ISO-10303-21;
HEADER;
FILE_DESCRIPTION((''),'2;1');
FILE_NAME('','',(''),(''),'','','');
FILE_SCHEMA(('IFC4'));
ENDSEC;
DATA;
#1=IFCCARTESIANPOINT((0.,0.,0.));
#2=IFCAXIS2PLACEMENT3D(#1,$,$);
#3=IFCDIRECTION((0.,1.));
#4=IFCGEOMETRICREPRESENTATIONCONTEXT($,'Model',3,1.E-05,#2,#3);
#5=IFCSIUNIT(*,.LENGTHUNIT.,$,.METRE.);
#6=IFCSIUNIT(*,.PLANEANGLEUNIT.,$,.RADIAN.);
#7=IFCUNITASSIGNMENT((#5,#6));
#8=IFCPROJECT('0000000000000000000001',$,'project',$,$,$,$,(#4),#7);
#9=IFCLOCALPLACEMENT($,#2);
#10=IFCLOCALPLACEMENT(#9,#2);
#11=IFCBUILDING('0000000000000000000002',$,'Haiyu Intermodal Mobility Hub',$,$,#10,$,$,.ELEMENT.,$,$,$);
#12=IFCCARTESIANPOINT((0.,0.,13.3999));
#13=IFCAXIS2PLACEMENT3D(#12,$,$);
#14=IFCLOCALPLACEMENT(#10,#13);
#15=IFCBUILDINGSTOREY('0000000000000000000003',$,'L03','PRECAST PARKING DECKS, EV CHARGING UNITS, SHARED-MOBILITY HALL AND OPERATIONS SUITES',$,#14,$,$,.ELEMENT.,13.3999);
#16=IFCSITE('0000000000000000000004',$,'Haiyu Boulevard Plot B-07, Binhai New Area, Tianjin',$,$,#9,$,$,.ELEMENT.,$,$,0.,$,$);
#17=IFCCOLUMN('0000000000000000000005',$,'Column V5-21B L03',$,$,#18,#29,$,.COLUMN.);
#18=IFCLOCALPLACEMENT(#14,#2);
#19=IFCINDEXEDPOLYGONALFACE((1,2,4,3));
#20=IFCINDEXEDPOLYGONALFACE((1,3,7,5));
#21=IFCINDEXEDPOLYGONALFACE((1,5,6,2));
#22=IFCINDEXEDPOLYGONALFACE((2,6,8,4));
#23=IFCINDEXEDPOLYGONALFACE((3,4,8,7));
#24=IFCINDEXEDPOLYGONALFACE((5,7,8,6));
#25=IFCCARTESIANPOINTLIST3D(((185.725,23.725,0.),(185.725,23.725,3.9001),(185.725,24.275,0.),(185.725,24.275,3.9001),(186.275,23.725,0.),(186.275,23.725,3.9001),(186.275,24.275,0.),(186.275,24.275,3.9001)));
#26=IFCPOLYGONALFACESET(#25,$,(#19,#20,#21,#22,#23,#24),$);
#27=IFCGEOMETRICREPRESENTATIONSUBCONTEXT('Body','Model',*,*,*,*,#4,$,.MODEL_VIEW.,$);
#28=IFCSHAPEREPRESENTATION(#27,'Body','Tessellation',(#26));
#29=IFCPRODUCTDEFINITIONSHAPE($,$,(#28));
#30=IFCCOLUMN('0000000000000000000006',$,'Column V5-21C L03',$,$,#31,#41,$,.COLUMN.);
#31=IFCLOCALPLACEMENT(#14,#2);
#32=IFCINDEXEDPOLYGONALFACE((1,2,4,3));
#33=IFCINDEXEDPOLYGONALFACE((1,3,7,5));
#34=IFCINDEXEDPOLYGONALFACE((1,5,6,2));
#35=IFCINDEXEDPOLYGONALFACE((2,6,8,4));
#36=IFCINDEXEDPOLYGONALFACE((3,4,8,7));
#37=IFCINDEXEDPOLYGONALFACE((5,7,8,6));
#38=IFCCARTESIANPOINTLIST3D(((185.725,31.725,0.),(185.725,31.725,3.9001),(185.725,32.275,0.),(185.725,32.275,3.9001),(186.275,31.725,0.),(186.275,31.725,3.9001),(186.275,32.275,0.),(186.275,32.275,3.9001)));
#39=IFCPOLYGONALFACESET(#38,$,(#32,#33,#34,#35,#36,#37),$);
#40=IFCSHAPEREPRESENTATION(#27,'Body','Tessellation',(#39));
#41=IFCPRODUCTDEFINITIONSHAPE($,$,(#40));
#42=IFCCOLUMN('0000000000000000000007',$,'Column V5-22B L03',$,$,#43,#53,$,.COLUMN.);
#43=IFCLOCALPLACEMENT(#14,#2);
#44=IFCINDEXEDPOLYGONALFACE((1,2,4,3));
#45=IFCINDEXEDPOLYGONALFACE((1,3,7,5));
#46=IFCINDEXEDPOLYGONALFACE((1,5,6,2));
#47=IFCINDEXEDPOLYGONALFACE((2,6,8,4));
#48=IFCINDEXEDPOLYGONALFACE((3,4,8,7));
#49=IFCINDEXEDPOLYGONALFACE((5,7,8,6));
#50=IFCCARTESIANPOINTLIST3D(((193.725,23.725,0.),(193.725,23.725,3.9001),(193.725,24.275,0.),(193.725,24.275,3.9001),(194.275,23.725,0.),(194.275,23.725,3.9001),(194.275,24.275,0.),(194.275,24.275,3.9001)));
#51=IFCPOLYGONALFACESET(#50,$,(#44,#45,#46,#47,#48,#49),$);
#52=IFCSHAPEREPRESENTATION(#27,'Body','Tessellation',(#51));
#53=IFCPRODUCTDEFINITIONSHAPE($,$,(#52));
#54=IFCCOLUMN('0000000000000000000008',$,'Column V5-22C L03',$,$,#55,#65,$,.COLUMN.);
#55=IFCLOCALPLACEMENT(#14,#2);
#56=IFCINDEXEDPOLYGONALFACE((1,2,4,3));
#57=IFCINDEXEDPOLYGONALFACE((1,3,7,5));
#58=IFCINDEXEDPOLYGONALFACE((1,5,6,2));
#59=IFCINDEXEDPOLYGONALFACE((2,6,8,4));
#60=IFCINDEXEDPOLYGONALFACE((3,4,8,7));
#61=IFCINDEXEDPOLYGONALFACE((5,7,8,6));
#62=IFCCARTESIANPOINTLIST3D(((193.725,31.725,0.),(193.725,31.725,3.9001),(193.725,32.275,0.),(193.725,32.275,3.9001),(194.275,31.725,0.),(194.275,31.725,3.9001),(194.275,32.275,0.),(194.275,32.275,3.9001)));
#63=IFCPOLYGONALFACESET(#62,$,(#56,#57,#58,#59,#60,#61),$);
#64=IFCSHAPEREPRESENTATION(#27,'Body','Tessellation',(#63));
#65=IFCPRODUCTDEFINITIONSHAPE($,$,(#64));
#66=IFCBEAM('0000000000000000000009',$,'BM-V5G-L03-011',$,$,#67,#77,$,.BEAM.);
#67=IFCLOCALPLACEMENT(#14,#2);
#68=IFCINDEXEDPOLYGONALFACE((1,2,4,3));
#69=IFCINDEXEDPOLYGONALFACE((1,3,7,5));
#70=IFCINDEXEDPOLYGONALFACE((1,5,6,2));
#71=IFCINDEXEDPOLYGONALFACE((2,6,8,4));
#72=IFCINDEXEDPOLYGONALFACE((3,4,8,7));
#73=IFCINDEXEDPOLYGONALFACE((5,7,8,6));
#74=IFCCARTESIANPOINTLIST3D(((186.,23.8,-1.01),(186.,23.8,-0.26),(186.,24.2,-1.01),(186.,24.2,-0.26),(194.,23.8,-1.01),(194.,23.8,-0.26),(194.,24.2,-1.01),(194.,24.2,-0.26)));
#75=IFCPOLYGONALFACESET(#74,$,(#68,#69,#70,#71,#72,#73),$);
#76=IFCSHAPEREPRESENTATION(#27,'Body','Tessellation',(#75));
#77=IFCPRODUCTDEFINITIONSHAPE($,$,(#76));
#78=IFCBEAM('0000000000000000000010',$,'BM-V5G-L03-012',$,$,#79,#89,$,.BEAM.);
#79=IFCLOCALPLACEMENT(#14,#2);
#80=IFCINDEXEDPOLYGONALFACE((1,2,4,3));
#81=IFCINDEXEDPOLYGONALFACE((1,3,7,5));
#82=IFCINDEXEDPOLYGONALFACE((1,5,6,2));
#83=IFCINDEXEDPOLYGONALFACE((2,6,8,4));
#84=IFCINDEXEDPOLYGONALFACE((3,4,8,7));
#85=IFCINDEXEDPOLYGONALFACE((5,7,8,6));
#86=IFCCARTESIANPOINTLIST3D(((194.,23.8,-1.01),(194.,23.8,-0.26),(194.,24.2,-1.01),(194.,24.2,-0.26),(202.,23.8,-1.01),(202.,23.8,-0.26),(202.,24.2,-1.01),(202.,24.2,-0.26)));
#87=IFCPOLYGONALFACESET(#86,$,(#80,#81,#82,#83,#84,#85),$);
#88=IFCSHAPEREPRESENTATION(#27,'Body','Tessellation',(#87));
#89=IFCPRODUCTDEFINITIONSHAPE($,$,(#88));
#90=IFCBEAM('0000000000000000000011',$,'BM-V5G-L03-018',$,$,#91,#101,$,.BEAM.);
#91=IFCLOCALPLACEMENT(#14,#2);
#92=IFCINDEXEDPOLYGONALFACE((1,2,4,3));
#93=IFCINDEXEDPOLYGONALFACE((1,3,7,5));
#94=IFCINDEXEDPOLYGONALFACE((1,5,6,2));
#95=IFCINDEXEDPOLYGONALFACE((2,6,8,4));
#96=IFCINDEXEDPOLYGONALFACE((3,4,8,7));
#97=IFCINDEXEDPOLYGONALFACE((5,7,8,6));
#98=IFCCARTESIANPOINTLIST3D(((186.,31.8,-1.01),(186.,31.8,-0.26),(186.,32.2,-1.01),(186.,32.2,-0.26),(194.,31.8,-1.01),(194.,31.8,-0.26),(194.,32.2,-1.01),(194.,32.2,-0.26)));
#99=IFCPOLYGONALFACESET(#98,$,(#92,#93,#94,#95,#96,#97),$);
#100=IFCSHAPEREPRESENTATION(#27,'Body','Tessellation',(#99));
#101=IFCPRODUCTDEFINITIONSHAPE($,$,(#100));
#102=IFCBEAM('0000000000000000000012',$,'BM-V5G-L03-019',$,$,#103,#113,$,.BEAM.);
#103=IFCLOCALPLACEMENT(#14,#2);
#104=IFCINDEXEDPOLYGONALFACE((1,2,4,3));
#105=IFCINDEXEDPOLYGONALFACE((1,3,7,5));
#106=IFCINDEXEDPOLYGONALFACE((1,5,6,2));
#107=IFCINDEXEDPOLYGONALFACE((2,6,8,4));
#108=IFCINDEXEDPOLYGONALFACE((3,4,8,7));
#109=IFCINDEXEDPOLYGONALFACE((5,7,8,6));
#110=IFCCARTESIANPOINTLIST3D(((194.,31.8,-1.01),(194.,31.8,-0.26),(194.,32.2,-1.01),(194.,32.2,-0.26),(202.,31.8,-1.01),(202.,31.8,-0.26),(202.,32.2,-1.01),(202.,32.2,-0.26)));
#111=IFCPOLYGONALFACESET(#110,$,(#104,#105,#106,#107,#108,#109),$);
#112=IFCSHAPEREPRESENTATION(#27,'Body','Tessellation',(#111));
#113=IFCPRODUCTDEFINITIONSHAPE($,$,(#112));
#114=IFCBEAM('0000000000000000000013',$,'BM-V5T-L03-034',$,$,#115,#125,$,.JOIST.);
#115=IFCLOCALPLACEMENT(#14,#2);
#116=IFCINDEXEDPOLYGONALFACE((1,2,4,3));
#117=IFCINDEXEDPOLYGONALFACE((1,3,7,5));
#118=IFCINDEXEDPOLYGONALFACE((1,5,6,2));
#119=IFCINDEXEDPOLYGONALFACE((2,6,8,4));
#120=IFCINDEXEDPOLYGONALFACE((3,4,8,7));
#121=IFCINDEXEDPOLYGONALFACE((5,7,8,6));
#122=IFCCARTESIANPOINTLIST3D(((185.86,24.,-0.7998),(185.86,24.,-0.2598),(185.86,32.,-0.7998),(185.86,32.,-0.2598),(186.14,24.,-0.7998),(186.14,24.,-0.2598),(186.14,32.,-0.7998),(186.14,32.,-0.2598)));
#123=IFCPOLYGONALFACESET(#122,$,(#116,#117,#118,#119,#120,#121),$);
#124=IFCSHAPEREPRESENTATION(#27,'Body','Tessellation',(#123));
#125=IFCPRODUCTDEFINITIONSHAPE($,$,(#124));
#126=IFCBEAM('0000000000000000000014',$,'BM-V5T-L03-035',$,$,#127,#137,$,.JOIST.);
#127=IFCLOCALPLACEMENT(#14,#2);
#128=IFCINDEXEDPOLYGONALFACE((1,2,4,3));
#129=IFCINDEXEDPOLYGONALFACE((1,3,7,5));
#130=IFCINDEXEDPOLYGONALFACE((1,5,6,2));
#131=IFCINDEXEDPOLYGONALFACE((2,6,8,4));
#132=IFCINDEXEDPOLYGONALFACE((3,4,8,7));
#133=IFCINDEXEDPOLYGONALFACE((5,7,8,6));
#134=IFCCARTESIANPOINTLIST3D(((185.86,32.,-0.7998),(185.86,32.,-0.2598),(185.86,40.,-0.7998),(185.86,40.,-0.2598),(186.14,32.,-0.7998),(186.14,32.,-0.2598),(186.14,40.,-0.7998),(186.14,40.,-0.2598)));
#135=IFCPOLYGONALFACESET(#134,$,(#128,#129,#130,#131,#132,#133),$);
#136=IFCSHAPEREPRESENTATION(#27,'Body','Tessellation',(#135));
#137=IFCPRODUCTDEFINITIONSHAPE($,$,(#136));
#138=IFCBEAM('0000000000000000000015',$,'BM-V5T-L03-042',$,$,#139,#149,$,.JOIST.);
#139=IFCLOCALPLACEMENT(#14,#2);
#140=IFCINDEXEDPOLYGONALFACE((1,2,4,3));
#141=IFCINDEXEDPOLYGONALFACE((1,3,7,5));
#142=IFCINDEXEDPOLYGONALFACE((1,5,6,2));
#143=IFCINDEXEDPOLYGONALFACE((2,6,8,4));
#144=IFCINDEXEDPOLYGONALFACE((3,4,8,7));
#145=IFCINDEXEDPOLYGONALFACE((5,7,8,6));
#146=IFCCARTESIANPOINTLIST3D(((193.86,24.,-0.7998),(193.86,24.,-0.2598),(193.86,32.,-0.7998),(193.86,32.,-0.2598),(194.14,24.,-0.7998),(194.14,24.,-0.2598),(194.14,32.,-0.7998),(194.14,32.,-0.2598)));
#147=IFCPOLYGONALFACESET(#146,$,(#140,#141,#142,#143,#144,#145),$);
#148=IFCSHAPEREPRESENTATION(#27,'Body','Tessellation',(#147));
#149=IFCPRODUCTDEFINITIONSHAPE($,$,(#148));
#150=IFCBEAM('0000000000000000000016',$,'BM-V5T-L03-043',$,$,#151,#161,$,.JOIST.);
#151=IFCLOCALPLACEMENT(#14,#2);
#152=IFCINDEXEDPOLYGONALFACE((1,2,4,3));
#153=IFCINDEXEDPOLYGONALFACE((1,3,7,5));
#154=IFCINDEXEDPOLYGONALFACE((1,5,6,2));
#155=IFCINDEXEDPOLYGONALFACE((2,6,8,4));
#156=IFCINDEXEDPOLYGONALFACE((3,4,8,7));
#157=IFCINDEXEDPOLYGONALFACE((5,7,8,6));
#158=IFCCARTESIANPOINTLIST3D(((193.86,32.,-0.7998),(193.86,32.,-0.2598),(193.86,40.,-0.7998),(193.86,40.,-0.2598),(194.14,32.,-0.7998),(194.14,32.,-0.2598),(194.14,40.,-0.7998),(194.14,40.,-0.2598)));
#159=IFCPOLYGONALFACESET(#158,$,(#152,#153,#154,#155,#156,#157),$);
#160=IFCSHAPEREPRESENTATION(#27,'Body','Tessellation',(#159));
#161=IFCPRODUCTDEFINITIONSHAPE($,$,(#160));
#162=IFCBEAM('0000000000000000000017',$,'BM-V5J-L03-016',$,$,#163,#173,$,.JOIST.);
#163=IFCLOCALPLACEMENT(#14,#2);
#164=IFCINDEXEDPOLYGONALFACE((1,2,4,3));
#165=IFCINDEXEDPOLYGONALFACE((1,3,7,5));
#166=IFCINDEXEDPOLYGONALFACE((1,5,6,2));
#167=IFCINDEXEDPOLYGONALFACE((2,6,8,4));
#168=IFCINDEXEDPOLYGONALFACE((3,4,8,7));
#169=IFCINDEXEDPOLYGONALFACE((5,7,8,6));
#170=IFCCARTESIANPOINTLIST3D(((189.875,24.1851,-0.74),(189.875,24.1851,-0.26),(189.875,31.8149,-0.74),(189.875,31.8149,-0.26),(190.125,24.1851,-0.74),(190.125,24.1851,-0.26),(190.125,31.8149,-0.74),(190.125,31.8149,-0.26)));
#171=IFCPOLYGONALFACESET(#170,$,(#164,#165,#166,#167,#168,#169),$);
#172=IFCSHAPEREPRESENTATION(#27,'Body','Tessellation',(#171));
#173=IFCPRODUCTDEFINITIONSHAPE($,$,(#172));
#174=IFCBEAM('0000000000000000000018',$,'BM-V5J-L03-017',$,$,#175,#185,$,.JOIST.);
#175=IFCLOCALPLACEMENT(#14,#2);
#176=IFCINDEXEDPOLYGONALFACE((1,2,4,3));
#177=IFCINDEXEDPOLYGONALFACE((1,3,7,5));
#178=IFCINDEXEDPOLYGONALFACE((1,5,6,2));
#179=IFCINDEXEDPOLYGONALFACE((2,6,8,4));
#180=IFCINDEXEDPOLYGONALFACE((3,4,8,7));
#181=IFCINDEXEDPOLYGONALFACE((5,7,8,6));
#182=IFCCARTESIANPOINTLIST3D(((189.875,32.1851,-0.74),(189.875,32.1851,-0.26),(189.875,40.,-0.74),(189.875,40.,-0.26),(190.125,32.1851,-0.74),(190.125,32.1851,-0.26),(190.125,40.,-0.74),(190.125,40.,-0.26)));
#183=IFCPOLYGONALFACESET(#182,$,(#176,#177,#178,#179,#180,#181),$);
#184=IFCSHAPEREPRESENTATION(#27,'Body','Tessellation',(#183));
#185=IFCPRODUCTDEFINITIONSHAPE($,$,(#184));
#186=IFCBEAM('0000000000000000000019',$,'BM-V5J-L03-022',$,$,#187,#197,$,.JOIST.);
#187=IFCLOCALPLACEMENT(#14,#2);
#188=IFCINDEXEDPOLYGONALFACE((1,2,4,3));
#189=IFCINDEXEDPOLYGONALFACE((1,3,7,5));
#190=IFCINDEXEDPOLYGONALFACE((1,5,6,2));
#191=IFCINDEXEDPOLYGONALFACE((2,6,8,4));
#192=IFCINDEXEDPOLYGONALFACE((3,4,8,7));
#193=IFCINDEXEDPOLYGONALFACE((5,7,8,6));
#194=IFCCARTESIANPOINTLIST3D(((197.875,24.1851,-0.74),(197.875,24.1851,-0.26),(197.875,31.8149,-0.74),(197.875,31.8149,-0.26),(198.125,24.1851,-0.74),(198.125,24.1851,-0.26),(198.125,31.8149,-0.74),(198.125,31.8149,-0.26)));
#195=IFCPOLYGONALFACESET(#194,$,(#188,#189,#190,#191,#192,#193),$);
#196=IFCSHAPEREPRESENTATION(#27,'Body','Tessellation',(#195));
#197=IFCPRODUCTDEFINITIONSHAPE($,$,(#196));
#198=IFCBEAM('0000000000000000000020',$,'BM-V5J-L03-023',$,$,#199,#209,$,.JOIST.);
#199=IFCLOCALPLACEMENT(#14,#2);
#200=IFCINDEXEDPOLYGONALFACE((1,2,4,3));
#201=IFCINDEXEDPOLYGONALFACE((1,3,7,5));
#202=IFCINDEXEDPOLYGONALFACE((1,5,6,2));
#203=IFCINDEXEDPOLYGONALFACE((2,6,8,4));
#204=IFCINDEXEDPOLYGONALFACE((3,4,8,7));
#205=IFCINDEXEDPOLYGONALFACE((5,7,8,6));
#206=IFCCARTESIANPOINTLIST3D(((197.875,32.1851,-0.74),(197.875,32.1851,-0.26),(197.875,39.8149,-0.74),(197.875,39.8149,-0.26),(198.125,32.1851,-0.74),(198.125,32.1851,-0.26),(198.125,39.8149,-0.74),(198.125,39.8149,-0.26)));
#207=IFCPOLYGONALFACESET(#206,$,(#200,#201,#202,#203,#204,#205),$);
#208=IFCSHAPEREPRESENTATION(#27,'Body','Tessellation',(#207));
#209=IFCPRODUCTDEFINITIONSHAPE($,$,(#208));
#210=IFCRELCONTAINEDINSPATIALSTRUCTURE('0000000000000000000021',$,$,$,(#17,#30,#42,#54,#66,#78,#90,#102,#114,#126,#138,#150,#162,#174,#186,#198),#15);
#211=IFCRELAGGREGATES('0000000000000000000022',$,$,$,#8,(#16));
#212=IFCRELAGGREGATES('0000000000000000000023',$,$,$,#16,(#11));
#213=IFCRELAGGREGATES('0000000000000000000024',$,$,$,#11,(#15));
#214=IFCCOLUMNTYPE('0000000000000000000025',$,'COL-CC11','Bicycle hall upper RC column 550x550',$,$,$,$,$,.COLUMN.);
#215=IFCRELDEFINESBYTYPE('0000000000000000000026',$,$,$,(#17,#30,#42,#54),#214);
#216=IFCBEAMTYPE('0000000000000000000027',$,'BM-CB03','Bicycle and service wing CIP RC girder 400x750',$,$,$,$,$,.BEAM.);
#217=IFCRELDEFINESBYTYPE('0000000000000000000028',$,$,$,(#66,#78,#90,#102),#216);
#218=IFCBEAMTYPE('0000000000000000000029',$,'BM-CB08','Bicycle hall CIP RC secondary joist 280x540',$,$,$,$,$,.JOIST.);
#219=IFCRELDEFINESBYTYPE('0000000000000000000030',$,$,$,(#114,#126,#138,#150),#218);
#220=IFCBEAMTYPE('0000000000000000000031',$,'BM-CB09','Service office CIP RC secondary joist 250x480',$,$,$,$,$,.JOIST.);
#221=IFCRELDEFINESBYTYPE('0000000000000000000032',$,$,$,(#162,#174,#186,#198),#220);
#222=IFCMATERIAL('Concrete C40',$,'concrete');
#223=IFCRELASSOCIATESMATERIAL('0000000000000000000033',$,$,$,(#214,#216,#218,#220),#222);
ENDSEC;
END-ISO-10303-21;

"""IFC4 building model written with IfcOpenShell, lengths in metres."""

from ifc_helpers import new_model, si_unit, direction, frame, origin, origin_2d, place, context, subcontext, project, spatial, rectangle, extrude, material, material_profile, profile_set, type_object, element, save


model = new_model("IFC4")

# Units and contexts
model_context = context("Model", 3, precision=1e-05, world=origin(), true_north=direction((0.0, 1.0)))
body_context = subcontext(model_context, "Body", "Model", "MODEL_VIEW")
ifc_project = project(units=[si_unit("LENGTHUNIT", "METRE"), si_unit("PLANEANGLEUNIT", "RADIAN")], contexts=[model_context])

# Site, building, storey
site_placement = place(None, origin())
site = spatial("IfcSite", under=ifc_project, at=site_placement, Name="Haiyu Boulevard Plot B-07, Binhai New Area, Tianjin", CompositionType="ELEMENT", RefElevation=0.0)
building_placement = place(site_placement, origin())
building = spatial("IfcBuilding", under=site, at=building_placement, Name="Haiyu Intermodal Mobility Hub", CompositionType="ELEMENT")
storey_placement = place(building_placement, frame((0.0, 0.0, 13.3999)))
storey = spatial("IfcBuildingStorey", under=building, at=storey_placement, Name="L03", Description="PRECAST PARKING DECKS, EV CHARGING UNITS, SHARED-MOBILITY HALL AND OPERATIONS SUITES", CompositionType="ELEMENT", Elevation=13.3999)

# Columns
ifc_material_1 = material(Name="Concrete C40", Category="concrete")
ifc_material_profile_1 = material_profile(ifc_material_1, rectangle(XDim=0.55, YDim=0.55, at=origin_2d()), Name="RC550x550")
ifc_profile_set_1 = profile_set([ifc_material_profile_1], Name="Concrete C40")
column_type = type_object("IfcColumnType", Name="COL-CC11", Description="Bicycle hall upper RC column 550x550", PredefinedType="COLUMN", material=ifc_profile_set_1)
for number, where, z_axis, x_axis, name in (
    (1, (186.0, 24.0, 0.0), (0.0, 0.0, 1.0), (1.0, 0.0, 0.0), "Column V5-21B L03"),
    (2, (186.0, 32.0, 0.0), (0.0, 0.0, 1.0), (1.0, 0.0, 0.0), "Column V5-21C L03"),
    (3, (194.0, 24.0, 0.0), (0.0, 0.0, 1.0), (1.0, 0.0, 0.0), "Column V5-22B L03"),
    (4, (194.0, 32.0, 0.0), (0.0, 0.0, 1.0), (1.0, 0.0, 0.0), "Column V5-22C L03"),
):
    element("IfcColumn", number, at=place(storey_placement, frame(where, z_axis=z_axis, x_axis=x_axis)), inside=storey, type_object=column_type, Name=name, PredefinedType="COLUMN", context=body_context, shape_type="SweptSolid", body=[
        extrude(rectangle(XDim=0.55, YDim=0.55, at=origin_2d()), origin(), (0.0, 0.0, 1.0), 3.9001),
    ])

# Beams
ifc_material_profile_2 = material_profile(ifc_material_1, rectangle(XDim=0.3999, YDim=0.75, at=origin_2d()), Name="RCB400x750")
ifc_profile_set_2 = profile_set([ifc_material_profile_2], Name="Concrete C40")
beam_type_1 = type_object("IfcBeamType", Name="BM-CB03", Description="Bicycle and service wing CIP RC girder 400x750", PredefinedType="BEAM", material=ifc_profile_set_2)
for number, where, z_axis, x_axis, name in (
    (5, (186.0, 24.0, -0.635), (1.0, 0.0, 0.0), (0.0, 1.0, 0.0), "BM-V5G-L03-011"),
    (6, (194.0, 24.0, -0.635), (1.0, 0.0, 0.0), (0.0, 1.0, 0.0), "BM-V5G-L03-012"),
    (7, (186.0, 32.0, -0.635), (1.0, 0.0, 0.0), (0.0, 1.0, 0.0), "BM-V5G-L03-018"),
    (8, (194.0, 32.0, -0.635), (1.0, 0.0, 0.0), (0.0, 1.0, 0.0), "BM-V5G-L03-019"),
):
    element("IfcBeam", number, at=place(storey_placement, frame(where, z_axis=z_axis, x_axis=x_axis)), inside=storey, type_object=beam_type_1, Name=name, PredefinedType="BEAM", context=body_context, shape_type="SweptSolid", body=[
        extrude(rectangle(XDim=0.3999, YDim=0.75, at=origin_2d()), origin(), (0.0, 0.0, 1.0), 8.0),
    ])
ifc_material_profile_3 = material_profile(ifc_material_1, rectangle(XDim=0.28, YDim=0.54, at=origin_2d()), Name="RCB280x540")
ifc_profile_set_3 = profile_set([ifc_material_profile_3], Name="Concrete C40")
beam_type_2 = type_object("IfcBeamType", Name="BM-CB08", Description="Bicycle hall CIP RC secondary joist 280x540", PredefinedType="JOIST", material=ifc_profile_set_3)
for number, where, z_axis, x_axis, name in (
    (9, (186.0, 24.0, -0.5298), (0.0, 1.0, 0.0), (-1.0, 0.0, 0.0), "BM-V5T-L03-034"),
    (10, (186.0, 32.0, -0.5298), (0.0, 1.0, 0.0), (-1.0, 0.0, 0.0), "BM-V5T-L03-035"),
    (11, (194.0, 24.0, -0.5298), (0.0, 1.0, 0.0), (-1.0, 0.0, 0.0), "BM-V5T-L03-042"),
    (12, (194.0, 32.0, -0.5298), (0.0, 1.0, 0.0), (-1.0, 0.0, 0.0), "BM-V5T-L03-043"),
):
    element("IfcBeam", number, at=place(storey_placement, frame(where, z_axis=z_axis, x_axis=x_axis)), inside=storey, type_object=beam_type_2, Name=name, PredefinedType="JOIST", context=body_context, shape_type="SweptSolid", body=[
        extrude(rectangle(XDim=0.28, YDim=0.54, at=origin_2d()), origin(), (0.0, 0.0, 1.0), 8.0),
    ])
ifc_material_profile_4 = material_profile(ifc_material_1, rectangle(XDim=0.25, YDim=0.48, at=origin_2d()), Name="RCB250x480")
ifc_profile_set_4 = profile_set([ifc_material_profile_4], Name="Concrete C40")
beam_type_3 = type_object("IfcBeamType", Name="BM-CB09", Description="Service office CIP RC secondary joist 250x480", PredefinedType="JOIST", material=ifc_profile_set_4)
beam_1_placement = place(storey_placement, frame((190.0, 24.1851, -0.5), z_axis=(0.0, 1.0, 0.0), x_axis=(-1.0, 0.0, 0.0)))
element("IfcBeam", 13, at=beam_1_placement, inside=storey, type_object=beam_type_3, Name="BM-V5J-L03-016", PredefinedType="JOIST", context=body_context, shape_type="SweptSolid", body=[
    extrude(rectangle(XDim=0.25, YDim=0.48, at=origin_2d()), origin(), (0.0, 0.0, 1.0), 7.6299),
])
beam_2_placement = place(storey_placement, frame((190.0, 32.1851, -0.5), z_axis=(0.0, 1.0, 0.0), x_axis=(-1.0, 0.0, 0.0)))
element("IfcBeam", 14, at=beam_2_placement, inside=storey, type_object=beam_type_3, Name="BM-V5J-L03-017", PredefinedType="JOIST", context=body_context, shape_type="SweptSolid", body=[
    extrude(rectangle(XDim=0.25, YDim=0.48, at=origin_2d()), origin(), (0.0, 0.0, 1.0), 7.8149),
])
for number, where, z_axis, x_axis, name in (
    (15, (198.0, 24.1851, -0.5), (0.0, 1.0, 0.0), (-1.0, 0.0, 0.0), "BM-V5J-L03-022"),
    (16, (198.0, 32.1851, -0.5), (0.0, 1.0, 0.0), (-1.0, 0.0, 0.0), "BM-V5J-L03-023"),
):
    element("IfcBeam", number, at=place(storey_placement, frame(where, z_axis=z_axis, x_axis=x_axis)), inside=storey, type_object=beam_type_3, Name=name, PredefinedType="JOIST", context=body_context, shape_type="SweptSolid", body=[
        extrude(rectangle(XDim=0.25, YDim=0.48, at=origin_2d()), origin(), (0.0, 0.0, 1.0), 7.6299),
    ])

save(model, "model.ifc")
